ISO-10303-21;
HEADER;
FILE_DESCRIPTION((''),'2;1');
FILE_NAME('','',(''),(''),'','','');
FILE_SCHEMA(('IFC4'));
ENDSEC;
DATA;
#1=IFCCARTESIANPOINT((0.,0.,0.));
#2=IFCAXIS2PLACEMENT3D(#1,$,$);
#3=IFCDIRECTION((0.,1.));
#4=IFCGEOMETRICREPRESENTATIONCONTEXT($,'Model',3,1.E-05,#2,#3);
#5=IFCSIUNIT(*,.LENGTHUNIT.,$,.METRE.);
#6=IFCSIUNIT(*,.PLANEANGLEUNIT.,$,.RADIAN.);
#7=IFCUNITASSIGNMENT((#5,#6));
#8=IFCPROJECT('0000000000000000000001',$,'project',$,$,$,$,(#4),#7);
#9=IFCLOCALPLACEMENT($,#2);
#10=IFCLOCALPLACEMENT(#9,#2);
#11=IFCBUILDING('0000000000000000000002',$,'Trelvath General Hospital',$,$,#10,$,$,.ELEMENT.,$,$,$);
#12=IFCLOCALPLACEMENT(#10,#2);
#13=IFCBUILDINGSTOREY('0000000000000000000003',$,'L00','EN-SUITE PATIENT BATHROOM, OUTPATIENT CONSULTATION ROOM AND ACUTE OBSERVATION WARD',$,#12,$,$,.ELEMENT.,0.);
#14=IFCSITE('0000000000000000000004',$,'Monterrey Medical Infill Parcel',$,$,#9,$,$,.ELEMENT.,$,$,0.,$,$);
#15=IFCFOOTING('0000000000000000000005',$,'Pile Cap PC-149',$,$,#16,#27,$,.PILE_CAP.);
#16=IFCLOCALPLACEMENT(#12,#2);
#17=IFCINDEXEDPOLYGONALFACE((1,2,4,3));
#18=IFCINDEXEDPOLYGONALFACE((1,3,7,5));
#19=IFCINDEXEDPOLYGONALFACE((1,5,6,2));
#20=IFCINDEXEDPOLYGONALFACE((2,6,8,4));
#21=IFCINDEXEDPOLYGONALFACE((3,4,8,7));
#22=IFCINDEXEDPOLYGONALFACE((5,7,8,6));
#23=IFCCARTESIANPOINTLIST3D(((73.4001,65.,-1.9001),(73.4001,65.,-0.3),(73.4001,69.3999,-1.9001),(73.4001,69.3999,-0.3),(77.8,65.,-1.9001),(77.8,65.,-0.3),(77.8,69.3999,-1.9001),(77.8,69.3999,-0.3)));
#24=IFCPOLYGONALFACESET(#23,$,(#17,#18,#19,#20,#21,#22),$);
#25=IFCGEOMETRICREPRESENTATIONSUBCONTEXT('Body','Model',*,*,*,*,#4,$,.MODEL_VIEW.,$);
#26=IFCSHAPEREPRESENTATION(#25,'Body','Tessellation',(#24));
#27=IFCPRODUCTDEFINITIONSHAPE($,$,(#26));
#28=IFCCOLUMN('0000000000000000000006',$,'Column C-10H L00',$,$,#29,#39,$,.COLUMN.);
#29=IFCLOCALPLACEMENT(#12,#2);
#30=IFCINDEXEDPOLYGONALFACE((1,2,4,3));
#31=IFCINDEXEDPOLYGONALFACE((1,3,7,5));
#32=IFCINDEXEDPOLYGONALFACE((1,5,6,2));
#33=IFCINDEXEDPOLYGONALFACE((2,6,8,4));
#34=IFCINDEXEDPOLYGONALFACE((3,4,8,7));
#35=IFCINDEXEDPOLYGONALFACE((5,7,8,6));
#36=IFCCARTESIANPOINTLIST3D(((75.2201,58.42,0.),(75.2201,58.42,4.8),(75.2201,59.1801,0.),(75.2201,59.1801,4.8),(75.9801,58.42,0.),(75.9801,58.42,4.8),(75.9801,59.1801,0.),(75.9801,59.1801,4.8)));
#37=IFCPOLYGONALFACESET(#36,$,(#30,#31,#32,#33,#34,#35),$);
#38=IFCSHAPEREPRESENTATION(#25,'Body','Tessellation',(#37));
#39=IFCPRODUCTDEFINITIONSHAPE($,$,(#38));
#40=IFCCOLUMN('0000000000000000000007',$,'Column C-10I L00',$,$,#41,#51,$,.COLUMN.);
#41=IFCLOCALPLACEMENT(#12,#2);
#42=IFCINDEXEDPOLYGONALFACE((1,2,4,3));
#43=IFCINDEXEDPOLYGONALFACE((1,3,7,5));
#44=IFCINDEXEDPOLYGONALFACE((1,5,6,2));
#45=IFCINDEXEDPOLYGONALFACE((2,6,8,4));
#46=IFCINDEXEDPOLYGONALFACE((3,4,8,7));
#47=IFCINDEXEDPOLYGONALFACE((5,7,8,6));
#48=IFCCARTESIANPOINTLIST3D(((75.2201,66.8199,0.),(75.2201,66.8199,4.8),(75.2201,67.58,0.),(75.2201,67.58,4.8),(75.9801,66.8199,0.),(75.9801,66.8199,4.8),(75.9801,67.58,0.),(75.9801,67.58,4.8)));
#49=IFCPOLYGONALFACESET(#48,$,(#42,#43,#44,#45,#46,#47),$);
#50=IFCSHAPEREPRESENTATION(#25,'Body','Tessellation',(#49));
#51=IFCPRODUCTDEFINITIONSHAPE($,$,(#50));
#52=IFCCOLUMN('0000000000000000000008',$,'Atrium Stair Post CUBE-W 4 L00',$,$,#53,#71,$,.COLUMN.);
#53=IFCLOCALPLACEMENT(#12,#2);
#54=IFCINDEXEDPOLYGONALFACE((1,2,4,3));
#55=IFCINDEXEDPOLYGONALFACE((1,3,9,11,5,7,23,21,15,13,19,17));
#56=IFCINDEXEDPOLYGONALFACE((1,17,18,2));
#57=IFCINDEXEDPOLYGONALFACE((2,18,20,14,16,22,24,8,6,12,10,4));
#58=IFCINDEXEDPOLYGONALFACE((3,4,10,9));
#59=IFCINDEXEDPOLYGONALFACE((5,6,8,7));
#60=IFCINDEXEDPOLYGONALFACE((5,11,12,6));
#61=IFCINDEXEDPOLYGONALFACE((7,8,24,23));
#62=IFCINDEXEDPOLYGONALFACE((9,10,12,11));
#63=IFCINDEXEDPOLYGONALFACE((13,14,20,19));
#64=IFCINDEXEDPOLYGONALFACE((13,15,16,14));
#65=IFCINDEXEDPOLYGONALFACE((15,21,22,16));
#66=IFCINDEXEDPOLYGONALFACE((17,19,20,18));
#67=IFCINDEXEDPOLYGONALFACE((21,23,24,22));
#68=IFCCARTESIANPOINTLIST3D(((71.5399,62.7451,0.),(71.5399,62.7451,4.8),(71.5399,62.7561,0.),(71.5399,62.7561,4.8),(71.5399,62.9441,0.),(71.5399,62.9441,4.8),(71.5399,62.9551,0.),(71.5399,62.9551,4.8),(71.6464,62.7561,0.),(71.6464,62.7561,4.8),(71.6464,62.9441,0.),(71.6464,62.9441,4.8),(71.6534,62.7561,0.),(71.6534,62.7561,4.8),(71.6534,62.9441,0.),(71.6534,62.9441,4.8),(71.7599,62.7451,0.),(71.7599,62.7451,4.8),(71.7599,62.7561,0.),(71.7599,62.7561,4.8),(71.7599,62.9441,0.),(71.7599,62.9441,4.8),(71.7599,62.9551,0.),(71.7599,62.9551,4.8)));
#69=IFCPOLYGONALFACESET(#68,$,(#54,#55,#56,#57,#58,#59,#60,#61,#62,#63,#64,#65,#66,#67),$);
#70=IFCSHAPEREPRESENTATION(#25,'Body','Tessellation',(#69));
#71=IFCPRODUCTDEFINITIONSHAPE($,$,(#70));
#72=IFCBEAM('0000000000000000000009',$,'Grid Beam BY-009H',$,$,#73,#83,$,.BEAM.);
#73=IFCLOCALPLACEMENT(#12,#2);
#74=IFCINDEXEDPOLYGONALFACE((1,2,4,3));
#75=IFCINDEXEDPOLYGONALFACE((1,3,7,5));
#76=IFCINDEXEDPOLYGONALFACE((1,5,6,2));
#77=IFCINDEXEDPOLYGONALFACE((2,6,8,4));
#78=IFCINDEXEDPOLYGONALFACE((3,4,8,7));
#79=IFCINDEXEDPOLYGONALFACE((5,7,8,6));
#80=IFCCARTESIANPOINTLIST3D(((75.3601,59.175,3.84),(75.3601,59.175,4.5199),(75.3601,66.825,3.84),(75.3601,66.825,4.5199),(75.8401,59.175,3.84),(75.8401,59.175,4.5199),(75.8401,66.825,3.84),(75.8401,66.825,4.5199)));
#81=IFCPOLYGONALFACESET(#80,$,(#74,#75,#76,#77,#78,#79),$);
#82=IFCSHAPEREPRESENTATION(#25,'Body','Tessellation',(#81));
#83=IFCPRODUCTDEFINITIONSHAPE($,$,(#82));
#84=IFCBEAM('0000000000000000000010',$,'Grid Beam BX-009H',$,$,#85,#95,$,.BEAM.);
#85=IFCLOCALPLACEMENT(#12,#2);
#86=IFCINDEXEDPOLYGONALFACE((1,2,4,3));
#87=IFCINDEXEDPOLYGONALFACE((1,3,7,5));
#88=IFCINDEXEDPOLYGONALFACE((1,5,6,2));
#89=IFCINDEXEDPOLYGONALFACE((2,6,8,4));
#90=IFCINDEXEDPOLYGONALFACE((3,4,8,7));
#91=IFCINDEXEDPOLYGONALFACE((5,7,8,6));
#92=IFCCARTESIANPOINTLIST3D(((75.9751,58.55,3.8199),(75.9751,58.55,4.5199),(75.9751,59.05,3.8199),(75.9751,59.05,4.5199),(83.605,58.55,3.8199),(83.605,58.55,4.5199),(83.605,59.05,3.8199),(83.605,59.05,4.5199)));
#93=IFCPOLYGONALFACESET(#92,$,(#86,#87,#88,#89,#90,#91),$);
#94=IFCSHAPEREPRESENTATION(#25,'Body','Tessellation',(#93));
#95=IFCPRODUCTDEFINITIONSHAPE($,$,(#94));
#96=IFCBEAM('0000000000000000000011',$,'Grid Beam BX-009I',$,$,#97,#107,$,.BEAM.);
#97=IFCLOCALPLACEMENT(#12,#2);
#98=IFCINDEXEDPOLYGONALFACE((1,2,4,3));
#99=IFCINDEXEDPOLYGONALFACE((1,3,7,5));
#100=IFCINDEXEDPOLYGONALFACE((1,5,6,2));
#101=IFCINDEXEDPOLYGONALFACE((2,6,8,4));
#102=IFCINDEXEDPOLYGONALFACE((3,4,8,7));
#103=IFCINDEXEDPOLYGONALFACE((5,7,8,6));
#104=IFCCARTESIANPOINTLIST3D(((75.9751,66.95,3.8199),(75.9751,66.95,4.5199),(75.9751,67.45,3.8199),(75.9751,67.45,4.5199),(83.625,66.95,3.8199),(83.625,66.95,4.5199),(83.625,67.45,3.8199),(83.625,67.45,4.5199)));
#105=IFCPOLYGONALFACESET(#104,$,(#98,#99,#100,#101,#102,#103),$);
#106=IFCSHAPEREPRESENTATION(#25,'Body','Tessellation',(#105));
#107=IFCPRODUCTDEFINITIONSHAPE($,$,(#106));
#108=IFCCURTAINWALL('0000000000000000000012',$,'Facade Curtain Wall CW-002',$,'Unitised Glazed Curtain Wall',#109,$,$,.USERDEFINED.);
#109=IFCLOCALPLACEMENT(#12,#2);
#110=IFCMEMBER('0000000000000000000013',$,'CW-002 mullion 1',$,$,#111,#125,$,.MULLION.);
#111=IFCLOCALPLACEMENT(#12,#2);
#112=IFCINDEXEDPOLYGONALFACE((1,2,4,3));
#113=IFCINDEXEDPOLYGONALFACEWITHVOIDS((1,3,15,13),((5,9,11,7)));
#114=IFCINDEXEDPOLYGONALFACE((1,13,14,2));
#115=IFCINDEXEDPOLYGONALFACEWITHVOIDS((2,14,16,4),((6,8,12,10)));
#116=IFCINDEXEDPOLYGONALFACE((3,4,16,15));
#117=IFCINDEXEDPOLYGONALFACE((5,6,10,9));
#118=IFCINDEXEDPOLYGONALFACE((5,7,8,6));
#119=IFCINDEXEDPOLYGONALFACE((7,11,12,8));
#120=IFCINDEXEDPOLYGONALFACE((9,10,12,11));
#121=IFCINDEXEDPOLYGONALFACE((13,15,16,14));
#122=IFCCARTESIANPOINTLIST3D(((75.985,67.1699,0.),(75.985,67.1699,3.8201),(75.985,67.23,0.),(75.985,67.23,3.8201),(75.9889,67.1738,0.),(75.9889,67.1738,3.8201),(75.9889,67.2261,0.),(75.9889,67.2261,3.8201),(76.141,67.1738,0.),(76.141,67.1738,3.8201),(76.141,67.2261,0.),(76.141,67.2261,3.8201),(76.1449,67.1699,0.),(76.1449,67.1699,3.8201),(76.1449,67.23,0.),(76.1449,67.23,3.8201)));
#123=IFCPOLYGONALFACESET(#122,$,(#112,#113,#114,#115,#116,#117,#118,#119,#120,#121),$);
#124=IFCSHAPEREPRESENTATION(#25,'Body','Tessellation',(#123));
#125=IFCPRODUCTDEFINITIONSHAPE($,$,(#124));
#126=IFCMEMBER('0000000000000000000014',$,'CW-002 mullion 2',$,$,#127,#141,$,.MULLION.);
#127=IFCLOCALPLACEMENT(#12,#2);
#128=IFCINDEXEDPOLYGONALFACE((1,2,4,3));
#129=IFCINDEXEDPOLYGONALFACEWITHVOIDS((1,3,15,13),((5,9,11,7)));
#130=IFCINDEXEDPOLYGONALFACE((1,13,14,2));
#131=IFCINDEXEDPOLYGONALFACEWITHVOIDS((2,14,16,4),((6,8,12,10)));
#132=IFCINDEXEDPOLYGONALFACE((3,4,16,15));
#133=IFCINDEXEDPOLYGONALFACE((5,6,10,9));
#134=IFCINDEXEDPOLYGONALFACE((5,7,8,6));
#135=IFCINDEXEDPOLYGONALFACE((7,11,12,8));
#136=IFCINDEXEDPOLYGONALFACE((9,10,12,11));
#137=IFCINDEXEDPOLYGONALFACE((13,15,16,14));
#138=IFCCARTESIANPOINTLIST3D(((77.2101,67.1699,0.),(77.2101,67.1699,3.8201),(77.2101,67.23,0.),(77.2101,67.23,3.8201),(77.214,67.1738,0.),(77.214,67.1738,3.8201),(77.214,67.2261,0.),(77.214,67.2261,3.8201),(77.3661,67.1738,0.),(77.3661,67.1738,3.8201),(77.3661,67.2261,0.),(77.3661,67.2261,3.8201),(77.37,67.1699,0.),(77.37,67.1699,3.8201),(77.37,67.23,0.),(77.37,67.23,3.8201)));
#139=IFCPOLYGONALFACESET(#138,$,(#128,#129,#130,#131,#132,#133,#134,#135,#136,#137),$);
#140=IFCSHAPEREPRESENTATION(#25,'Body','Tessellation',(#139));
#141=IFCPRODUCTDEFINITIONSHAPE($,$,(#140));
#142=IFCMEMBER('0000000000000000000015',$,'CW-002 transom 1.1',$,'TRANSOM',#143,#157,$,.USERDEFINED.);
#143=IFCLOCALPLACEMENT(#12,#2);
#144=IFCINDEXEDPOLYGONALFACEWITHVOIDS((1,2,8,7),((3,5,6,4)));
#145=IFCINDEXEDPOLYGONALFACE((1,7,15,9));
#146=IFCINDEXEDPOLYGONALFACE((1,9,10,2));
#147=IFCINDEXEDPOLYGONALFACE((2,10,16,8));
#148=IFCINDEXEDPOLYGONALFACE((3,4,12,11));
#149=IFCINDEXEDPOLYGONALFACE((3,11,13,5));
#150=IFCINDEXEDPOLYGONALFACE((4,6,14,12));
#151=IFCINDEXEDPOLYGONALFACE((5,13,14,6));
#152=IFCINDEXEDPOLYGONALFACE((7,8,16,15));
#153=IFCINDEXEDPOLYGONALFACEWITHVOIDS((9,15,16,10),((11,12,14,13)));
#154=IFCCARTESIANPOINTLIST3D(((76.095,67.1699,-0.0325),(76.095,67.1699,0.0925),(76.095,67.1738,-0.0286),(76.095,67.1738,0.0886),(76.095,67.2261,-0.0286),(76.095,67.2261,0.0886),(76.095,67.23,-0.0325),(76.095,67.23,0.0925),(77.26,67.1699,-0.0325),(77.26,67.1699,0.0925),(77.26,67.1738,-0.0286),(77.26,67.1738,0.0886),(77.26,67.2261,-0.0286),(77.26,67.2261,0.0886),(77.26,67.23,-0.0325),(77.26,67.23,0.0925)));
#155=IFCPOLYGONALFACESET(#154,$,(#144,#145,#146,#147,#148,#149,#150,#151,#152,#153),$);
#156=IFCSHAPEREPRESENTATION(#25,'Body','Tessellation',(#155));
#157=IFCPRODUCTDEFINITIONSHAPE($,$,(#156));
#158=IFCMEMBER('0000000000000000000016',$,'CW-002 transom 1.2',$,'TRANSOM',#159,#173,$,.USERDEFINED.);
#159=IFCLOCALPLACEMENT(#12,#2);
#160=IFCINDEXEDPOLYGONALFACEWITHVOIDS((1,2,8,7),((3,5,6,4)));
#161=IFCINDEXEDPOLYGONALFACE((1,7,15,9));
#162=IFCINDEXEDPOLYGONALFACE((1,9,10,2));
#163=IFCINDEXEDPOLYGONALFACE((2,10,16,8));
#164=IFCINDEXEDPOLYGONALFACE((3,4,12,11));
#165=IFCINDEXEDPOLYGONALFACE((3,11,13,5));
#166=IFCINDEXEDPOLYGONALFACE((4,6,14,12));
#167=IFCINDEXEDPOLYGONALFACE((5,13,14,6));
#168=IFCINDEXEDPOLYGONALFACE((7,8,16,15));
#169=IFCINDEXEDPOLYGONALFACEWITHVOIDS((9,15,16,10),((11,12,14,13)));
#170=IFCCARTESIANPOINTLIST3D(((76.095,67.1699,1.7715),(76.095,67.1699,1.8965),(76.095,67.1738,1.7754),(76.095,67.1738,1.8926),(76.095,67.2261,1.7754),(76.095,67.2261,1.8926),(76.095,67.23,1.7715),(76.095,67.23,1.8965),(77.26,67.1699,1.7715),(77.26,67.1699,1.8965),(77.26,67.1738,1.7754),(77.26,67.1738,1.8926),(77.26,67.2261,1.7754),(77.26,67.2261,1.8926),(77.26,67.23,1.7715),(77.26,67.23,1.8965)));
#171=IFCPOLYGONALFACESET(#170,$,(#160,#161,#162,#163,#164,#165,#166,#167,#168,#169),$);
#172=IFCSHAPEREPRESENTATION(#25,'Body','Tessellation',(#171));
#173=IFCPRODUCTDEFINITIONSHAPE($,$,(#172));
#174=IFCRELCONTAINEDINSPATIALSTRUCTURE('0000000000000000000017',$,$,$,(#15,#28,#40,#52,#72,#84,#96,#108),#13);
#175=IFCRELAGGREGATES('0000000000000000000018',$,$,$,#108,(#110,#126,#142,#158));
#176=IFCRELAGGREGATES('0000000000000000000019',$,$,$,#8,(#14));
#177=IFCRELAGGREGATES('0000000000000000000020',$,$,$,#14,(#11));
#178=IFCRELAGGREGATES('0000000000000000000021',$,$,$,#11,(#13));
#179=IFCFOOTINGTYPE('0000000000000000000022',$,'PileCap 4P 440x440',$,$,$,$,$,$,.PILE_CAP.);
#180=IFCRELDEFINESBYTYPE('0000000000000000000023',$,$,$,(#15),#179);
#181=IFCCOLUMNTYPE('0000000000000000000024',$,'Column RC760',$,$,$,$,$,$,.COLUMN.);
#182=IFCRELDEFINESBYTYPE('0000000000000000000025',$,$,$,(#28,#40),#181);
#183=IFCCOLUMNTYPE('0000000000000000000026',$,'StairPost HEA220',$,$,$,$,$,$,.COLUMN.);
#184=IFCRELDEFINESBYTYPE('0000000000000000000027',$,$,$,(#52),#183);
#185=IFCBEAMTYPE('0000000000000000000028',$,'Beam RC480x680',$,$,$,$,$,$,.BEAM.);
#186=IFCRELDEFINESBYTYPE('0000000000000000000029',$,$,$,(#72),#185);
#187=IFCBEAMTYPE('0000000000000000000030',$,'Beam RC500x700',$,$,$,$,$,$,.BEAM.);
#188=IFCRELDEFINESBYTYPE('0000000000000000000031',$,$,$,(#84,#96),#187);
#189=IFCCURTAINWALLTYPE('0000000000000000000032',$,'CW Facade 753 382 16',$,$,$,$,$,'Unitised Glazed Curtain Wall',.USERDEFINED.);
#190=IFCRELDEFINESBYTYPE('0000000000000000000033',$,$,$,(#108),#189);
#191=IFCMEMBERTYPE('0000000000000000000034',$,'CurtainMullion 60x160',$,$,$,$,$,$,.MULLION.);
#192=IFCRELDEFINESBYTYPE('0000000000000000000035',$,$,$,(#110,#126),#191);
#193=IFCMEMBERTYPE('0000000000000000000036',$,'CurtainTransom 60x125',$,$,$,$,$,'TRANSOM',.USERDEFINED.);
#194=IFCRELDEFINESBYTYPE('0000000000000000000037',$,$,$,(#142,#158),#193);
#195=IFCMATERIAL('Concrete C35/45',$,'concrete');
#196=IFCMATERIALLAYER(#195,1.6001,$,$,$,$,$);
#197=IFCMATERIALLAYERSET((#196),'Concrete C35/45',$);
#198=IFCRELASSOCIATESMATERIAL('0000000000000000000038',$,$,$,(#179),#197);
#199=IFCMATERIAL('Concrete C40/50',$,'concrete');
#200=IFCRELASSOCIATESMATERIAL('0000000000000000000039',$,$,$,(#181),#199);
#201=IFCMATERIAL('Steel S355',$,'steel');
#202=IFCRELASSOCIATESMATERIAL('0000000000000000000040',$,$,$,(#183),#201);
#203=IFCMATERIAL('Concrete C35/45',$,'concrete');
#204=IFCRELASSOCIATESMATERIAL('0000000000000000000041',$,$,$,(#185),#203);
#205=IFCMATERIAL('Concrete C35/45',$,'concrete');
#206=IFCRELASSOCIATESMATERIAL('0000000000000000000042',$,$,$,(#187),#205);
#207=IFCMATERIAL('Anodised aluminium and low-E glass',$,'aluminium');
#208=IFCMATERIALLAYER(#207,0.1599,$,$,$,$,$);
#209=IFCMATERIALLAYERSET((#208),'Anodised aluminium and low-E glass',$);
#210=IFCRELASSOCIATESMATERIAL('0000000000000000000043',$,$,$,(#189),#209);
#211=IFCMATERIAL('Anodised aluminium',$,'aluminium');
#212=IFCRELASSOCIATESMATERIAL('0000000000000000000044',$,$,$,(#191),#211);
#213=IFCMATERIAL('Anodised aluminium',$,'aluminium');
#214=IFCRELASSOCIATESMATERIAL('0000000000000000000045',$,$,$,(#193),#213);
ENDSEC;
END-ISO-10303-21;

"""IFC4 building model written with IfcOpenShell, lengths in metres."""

from ifc_helpers import new_model, si_unit, direction, frame, origin, origin_2d, place, context, subcontext, project, spatial, rectangle, hollow_rectangle, i_section, extrude, material, layer, layer_set, material_profile, profile_set, type_object, element, aggregate, save


model = new_model("IFC4")

# Units and contexts
model_context = context("Model", 3, precision=1e-05, world=origin(), true_north=direction((0.0, 1.0)))
body_context = subcontext(model_context, "Body", "Model", "MODEL_VIEW")
ifc_project = project(units=[si_unit("LENGTHUNIT", "METRE"), si_unit("PLANEANGLEUNIT", "RADIAN")], contexts=[model_context])

# Site, building, storey
site_placement = place(None, origin())
site = spatial("IfcSite", under=ifc_project, at=site_placement, Name="Monterrey Medical Infill Parcel", CompositionType="ELEMENT", RefElevation=0.0)
building_placement = place(site_placement, origin())
building = spatial("IfcBuilding", under=site, at=building_placement, Name="Trelvath General Hospital", CompositionType="ELEMENT")
storey_placement = place(building_placement, origin())
storey = spatial("IfcBuildingStorey", under=building, at=storey_placement, Name="L00", Description="EN-SUITE PATIENT BATHROOM, OUTPATIENT CONSULTATION ROOM AND ACUTE OBSERVATION WARD", CompositionType="ELEMENT", Elevation=0.0)

# Footing
ifc_material_1 = material(Name="Concrete C35/45", Category="concrete")
ifc_layer_1 = layer(ifc_material_1, 1.6001)
ifc_layer_set_1 = layer_set([ifc_layer_1], Name="Concrete C35/45")
footing_type_1 = type_object("IfcFootingType", Name="PileCap 4P 440x440", PredefinedType="PILE_CAP", material=ifc_layer_set_1)
footing_1_placement = place(storey_placement, frame((75.6001, 67.2, -1.9001), z_axis=(0.0, 0.0, 1.0), x_axis=(1.0, 0.0, 0.0)))
element("IfcFooting", 1, at=footing_1_placement, inside=storey, type_object=footing_type_1, Name="Pile Cap PC-149", PredefinedType="PILE_CAP", context=body_context, shape_type="SweptSolid", body=[
    extrude(rectangle(XDim=4.3999, YDim=4.3999, at=origin_2d()), origin(), (0.0, 0.0, 1.0), 1.6001),
])

# Columns
ifc_material_2 = material(Name="Concrete C40/50", Category="concrete")
ifc_material_profile_1 = material_profile(ifc_material_2, rectangle(XDim=0.76, YDim=0.76, at=origin_2d()), Name="RC760x760")
ifc_profile_set_1 = profile_set([ifc_material_profile_1], Name="Concrete C40/50")
column_type_1 = type_object("IfcColumnType", Name="Column RC760", PredefinedType="COLUMN", material=ifc_profile_set_1)
for number, where, z_axis, x_axis, name in (
    (2, (75.6001, 58.8, 0.0), (0.0, 0.0, 1.0), (1.0, 0.0, 0.0), "Column C-10H L00"),
    (3, (75.6001, 67.2, 0.0), (0.0, 0.0, 1.0), (1.0, 0.0, 0.0), "Column C-10I L00"),
):
    element("IfcColumn", number, at=place(storey_placement, frame(where, z_axis=z_axis, x_axis=x_axis)), inside=storey, type_object=column_type_1, Name=name, PredefinedType="COLUMN", context=body_context, shape_type="SweptSolid", body=[
        extrude(rectangle(XDim=0.76, YDim=0.76, at=origin_2d()), origin(), (0.0, 0.0, 1.0), 4.8),
    ])
ifc_material_3 = material(Name="Steel S355", Category="steel")
ifc_material_profile_2 = material_profile(ifc_material_3, i_section(OverallWidth=0.22, OverallDepth=0.21, WebThickness=0.0071, FlangeThickness=0.011, at=origin_2d()), Name="HEA220")
ifc_profile_set_2 = profile_set([ifc_material_profile_2], Name="Steel S355")
column_type_2 = type_object("IfcColumnType", Name="StairPost HEA220", PredefinedType="COLUMN", material=ifc_profile_set_2)
column_placement = place(storey_placement, frame((71.6499, 62.8501, 0.0), z_axis=(0.0, 0.0, 1.0), x_axis=(1.0, 0.0, 0.0)))
element("IfcColumn", 4, at=column_placement, inside=storey, type_object=column_type_2, Name="Atrium Stair Post CUBE-W 4 L00", PredefinedType="COLUMN", context=body_context, shape_type="SweptSolid", body=[
    extrude(i_section(OverallWidth=0.22, OverallDepth=0.21, WebThickness=0.0071, FlangeThickness=0.011, at=origin_2d()), origin(), (0.0, 0.0, 1.0), 4.8),
])

# Beams
ifc_material_4 = material(Name="Concrete C35/45", Category="concrete")
ifc_material_profile_3 = material_profile(ifc_material_4, rectangle(XDim=0.48, YDim=0.6799, at=origin_2d()), Name="RCB480x680")
ifc_profile_set_3 = profile_set([ifc_material_profile_3], Name="Concrete C35/45")
beam_type_1 = type_object("IfcBeamType", Name="Beam RC480x680", PredefinedType="BEAM", material=ifc_profile_set_3)
beam_1_placement = place(storey_placement, frame((75.6001, 59.175, 4.1799), z_axis=(0.0, 1.0, 0.0), x_axis=(-1.0, 0.0, 0.0)))
element("IfcBeam", 5, at=beam_1_placement, inside=storey, type_object=beam_type_1, Name="Grid Beam BY-009H", PredefinedType="BEAM", context=body_context, shape_type="SweptSolid", body=[
    extrude(rectangle(XDim=0.48, YDim=0.6799, at=origin_2d()), origin(), (0.0, 0.0, 1.0), 7.6499),
])
ifc_material_5 = material(Name="Concrete C35/45", Category="concrete")
ifc_material_profile_4 = material_profile(ifc_material_5, rectangle(XDim=0.5, YDim=0.7, at=origin_2d()), Name="RCB500x700")
ifc_profile_set_4 = profile_set([ifc_material_profile_4], Name="Concrete C35/45")
beam_type_2 = type_object("IfcBeamType", Name="Beam RC500x700", PredefinedType="BEAM", material=ifc_profile_set_4)
beam_2_placement = place(storey_placement, frame((75.9751, 58.8, 4.1699), z_axis=(1.0, 0.0, 0.0), x_axis=(0.0, 1.0, 0.0)))
element("IfcBeam", 6, at=beam_2_placement, inside=storey, type_object=beam_type_2, Name="Grid Beam BX-009H", PredefinedType="BEAM", context=body_context, shape_type="SweptSolid", body=[
    extrude(rectangle(XDim=0.5, YDim=0.7, at=origin_2d()), origin(), (0.0, 0.0, 1.0), 7.6299),
])
beam_3_placement = place(storey_placement, frame((75.9751, 67.2, 4.1699), z_axis=(1.0, 0.0, 0.0), x_axis=(0.0, 1.0, 0.0)))
element("IfcBeam", 7, at=beam_3_placement, inside=storey, type_object=beam_type_2, Name="Grid Beam BX-009I", PredefinedType="BEAM", context=body_context, shape_type="SweptSolid", body=[
    extrude(rectangle(XDim=0.5, YDim=0.7, at=origin_2d()), origin(), (0.0, 0.0, 1.0), 7.6499),
])

# Curtain wall, members
ifc_material_6 = material(Name="Anodised aluminium and low-E glass", Category="aluminium")
ifc_layer_2 = layer(ifc_material_6, 0.1599)
ifc_layer_set_2 = layer_set([ifc_layer_2], Name="Anodised aluminium and low-E glass")
curtain_wall_type = type_object("IfcCurtainWallType", Name="CW Facade 753 382 16", ElementType="Unitised Glazed Curtain Wall", PredefinedType="USERDEFINED", material=ifc_layer_set_2)
curtain_wall_placement = place(storey_placement, origin())
curtain_wall = element("IfcCurtainWall", 8, at=curtain_wall_placement, inside=storey, type_object=curtain_wall_type, Name="Facade Curtain Wall CW-002", ObjectType="Unitised Glazed Curtain Wall", PredefinedType="USERDEFINED")
ifc_material_7 = material(Name="Anodised aluminium", Category="aluminium")
ifc_material_profile_5 = material_profile(ifc_material_7, hollow_rectangle(XDim=0.0601, YDim=0.1599, WallThickness=0.0039, at=origin_2d()), Name="RHS60x160x4")
ifc_profile_set_5 = profile_set([ifc_material_profile_5], Name="Anodised aluminium")
member_type_1 = type_object("IfcMemberType", Name="CurtainMullion 60x160", PredefinedType="MULLION", material=ifc_profile_set_5)
member_1_placement = place(storey_placement, frame((76.0649, 67.2, 0.0), z_axis=(0.0, 0.0, 1.0), x_axis=(0.0, 1.0, 0.0)))
member_1 = element("IfcMember", 9, at=member_1_placement, type_object=member_type_1, Name="CW-002 mullion 1", PredefinedType="MULLION", context=body_context, shape_type="SweptSolid", body=[
    extrude(hollow_rectangle(XDim=0.0601, YDim=0.1599, WallThickness=0.0039, at=origin_2d()), origin(), (0.0, 0.0, 1.0), 3.8201),
])
member_2_placement = place(storey_placement, frame((77.29, 67.2, 0.0), z_axis=(0.0, 0.0, 1.0), x_axis=(0.0, 1.0, 0.0)))
member_2 = element("IfcMember", 10, at=member_2_placement, type_object=member_type_1, Name="CW-002 mullion 2", PredefinedType="MULLION", context=body_context, shape_type="SweptSolid", body=[
    extrude(hollow_rectangle(XDim=0.0601, YDim=0.1599, WallThickness=0.0039, at=origin_2d()), origin(), (0.0, 0.0, 1.0), 3.8201),
])
ifc_material_8 = material(Name="Anodised aluminium", Category="aluminium")
ifc_material_profile_6 = material_profile(ifc_material_8, hollow_rectangle(XDim=0.0601, YDim=0.125, WallThickness=0.0039, at=origin_2d()), Name="RHS60x125x4")
ifc_profile_set_6 = profile_set([ifc_material_profile_6], Name="Anodised aluminium")
member_type_2 = type_object("IfcMemberType", Name="CurtainTransom 60x125", ElementType="TRANSOM", PredefinedType="USERDEFINED", material=ifc_profile_set_6)
member_3_placement = place(storey_placement, frame((76.095, 67.2, 0.03), z_axis=(1.0, 0.0, 0.0), x_axis=(0.0, 1.0, 0.0)))
member_3 = element("IfcMember", 11, at=member_3_placement, type_object=member_type_2, Name="CW-002 transom 1.1", ObjectType="TRANSOM", PredefinedType="USERDEFINED", context=body_context, shape_type="SweptSolid", body=[
    extrude(hollow_rectangle(XDim=0.0601, YDim=0.125, WallThickness=0.0039, at=origin_2d()), origin(), (0.0, 0.0, 1.0), 1.165),
])
member_4_placement = place(storey_placement, frame((76.095, 67.2, 1.834), z_axis=(1.0, 0.0, 0.0), x_axis=(0.0, 1.0, 0.0)))
member_4 = element("IfcMember", 12, at=member_4_placement, type_object=member_type_2, Name="CW-002 transom 1.2", ObjectType="TRANSOM", PredefinedType="USERDEFINED", context=body_context, shape_type="SweptSolid", body=[
    extrude(hollow_rectangle(XDim=0.0601, YDim=0.125, WallThickness=0.0039, at=origin_2d()), origin(), (0.0, 0.0, 1.0), 1.165),
])
aggregate(curtain_wall, [member_1, member_2, member_3, member_4])

save(model, "model.ifc")
